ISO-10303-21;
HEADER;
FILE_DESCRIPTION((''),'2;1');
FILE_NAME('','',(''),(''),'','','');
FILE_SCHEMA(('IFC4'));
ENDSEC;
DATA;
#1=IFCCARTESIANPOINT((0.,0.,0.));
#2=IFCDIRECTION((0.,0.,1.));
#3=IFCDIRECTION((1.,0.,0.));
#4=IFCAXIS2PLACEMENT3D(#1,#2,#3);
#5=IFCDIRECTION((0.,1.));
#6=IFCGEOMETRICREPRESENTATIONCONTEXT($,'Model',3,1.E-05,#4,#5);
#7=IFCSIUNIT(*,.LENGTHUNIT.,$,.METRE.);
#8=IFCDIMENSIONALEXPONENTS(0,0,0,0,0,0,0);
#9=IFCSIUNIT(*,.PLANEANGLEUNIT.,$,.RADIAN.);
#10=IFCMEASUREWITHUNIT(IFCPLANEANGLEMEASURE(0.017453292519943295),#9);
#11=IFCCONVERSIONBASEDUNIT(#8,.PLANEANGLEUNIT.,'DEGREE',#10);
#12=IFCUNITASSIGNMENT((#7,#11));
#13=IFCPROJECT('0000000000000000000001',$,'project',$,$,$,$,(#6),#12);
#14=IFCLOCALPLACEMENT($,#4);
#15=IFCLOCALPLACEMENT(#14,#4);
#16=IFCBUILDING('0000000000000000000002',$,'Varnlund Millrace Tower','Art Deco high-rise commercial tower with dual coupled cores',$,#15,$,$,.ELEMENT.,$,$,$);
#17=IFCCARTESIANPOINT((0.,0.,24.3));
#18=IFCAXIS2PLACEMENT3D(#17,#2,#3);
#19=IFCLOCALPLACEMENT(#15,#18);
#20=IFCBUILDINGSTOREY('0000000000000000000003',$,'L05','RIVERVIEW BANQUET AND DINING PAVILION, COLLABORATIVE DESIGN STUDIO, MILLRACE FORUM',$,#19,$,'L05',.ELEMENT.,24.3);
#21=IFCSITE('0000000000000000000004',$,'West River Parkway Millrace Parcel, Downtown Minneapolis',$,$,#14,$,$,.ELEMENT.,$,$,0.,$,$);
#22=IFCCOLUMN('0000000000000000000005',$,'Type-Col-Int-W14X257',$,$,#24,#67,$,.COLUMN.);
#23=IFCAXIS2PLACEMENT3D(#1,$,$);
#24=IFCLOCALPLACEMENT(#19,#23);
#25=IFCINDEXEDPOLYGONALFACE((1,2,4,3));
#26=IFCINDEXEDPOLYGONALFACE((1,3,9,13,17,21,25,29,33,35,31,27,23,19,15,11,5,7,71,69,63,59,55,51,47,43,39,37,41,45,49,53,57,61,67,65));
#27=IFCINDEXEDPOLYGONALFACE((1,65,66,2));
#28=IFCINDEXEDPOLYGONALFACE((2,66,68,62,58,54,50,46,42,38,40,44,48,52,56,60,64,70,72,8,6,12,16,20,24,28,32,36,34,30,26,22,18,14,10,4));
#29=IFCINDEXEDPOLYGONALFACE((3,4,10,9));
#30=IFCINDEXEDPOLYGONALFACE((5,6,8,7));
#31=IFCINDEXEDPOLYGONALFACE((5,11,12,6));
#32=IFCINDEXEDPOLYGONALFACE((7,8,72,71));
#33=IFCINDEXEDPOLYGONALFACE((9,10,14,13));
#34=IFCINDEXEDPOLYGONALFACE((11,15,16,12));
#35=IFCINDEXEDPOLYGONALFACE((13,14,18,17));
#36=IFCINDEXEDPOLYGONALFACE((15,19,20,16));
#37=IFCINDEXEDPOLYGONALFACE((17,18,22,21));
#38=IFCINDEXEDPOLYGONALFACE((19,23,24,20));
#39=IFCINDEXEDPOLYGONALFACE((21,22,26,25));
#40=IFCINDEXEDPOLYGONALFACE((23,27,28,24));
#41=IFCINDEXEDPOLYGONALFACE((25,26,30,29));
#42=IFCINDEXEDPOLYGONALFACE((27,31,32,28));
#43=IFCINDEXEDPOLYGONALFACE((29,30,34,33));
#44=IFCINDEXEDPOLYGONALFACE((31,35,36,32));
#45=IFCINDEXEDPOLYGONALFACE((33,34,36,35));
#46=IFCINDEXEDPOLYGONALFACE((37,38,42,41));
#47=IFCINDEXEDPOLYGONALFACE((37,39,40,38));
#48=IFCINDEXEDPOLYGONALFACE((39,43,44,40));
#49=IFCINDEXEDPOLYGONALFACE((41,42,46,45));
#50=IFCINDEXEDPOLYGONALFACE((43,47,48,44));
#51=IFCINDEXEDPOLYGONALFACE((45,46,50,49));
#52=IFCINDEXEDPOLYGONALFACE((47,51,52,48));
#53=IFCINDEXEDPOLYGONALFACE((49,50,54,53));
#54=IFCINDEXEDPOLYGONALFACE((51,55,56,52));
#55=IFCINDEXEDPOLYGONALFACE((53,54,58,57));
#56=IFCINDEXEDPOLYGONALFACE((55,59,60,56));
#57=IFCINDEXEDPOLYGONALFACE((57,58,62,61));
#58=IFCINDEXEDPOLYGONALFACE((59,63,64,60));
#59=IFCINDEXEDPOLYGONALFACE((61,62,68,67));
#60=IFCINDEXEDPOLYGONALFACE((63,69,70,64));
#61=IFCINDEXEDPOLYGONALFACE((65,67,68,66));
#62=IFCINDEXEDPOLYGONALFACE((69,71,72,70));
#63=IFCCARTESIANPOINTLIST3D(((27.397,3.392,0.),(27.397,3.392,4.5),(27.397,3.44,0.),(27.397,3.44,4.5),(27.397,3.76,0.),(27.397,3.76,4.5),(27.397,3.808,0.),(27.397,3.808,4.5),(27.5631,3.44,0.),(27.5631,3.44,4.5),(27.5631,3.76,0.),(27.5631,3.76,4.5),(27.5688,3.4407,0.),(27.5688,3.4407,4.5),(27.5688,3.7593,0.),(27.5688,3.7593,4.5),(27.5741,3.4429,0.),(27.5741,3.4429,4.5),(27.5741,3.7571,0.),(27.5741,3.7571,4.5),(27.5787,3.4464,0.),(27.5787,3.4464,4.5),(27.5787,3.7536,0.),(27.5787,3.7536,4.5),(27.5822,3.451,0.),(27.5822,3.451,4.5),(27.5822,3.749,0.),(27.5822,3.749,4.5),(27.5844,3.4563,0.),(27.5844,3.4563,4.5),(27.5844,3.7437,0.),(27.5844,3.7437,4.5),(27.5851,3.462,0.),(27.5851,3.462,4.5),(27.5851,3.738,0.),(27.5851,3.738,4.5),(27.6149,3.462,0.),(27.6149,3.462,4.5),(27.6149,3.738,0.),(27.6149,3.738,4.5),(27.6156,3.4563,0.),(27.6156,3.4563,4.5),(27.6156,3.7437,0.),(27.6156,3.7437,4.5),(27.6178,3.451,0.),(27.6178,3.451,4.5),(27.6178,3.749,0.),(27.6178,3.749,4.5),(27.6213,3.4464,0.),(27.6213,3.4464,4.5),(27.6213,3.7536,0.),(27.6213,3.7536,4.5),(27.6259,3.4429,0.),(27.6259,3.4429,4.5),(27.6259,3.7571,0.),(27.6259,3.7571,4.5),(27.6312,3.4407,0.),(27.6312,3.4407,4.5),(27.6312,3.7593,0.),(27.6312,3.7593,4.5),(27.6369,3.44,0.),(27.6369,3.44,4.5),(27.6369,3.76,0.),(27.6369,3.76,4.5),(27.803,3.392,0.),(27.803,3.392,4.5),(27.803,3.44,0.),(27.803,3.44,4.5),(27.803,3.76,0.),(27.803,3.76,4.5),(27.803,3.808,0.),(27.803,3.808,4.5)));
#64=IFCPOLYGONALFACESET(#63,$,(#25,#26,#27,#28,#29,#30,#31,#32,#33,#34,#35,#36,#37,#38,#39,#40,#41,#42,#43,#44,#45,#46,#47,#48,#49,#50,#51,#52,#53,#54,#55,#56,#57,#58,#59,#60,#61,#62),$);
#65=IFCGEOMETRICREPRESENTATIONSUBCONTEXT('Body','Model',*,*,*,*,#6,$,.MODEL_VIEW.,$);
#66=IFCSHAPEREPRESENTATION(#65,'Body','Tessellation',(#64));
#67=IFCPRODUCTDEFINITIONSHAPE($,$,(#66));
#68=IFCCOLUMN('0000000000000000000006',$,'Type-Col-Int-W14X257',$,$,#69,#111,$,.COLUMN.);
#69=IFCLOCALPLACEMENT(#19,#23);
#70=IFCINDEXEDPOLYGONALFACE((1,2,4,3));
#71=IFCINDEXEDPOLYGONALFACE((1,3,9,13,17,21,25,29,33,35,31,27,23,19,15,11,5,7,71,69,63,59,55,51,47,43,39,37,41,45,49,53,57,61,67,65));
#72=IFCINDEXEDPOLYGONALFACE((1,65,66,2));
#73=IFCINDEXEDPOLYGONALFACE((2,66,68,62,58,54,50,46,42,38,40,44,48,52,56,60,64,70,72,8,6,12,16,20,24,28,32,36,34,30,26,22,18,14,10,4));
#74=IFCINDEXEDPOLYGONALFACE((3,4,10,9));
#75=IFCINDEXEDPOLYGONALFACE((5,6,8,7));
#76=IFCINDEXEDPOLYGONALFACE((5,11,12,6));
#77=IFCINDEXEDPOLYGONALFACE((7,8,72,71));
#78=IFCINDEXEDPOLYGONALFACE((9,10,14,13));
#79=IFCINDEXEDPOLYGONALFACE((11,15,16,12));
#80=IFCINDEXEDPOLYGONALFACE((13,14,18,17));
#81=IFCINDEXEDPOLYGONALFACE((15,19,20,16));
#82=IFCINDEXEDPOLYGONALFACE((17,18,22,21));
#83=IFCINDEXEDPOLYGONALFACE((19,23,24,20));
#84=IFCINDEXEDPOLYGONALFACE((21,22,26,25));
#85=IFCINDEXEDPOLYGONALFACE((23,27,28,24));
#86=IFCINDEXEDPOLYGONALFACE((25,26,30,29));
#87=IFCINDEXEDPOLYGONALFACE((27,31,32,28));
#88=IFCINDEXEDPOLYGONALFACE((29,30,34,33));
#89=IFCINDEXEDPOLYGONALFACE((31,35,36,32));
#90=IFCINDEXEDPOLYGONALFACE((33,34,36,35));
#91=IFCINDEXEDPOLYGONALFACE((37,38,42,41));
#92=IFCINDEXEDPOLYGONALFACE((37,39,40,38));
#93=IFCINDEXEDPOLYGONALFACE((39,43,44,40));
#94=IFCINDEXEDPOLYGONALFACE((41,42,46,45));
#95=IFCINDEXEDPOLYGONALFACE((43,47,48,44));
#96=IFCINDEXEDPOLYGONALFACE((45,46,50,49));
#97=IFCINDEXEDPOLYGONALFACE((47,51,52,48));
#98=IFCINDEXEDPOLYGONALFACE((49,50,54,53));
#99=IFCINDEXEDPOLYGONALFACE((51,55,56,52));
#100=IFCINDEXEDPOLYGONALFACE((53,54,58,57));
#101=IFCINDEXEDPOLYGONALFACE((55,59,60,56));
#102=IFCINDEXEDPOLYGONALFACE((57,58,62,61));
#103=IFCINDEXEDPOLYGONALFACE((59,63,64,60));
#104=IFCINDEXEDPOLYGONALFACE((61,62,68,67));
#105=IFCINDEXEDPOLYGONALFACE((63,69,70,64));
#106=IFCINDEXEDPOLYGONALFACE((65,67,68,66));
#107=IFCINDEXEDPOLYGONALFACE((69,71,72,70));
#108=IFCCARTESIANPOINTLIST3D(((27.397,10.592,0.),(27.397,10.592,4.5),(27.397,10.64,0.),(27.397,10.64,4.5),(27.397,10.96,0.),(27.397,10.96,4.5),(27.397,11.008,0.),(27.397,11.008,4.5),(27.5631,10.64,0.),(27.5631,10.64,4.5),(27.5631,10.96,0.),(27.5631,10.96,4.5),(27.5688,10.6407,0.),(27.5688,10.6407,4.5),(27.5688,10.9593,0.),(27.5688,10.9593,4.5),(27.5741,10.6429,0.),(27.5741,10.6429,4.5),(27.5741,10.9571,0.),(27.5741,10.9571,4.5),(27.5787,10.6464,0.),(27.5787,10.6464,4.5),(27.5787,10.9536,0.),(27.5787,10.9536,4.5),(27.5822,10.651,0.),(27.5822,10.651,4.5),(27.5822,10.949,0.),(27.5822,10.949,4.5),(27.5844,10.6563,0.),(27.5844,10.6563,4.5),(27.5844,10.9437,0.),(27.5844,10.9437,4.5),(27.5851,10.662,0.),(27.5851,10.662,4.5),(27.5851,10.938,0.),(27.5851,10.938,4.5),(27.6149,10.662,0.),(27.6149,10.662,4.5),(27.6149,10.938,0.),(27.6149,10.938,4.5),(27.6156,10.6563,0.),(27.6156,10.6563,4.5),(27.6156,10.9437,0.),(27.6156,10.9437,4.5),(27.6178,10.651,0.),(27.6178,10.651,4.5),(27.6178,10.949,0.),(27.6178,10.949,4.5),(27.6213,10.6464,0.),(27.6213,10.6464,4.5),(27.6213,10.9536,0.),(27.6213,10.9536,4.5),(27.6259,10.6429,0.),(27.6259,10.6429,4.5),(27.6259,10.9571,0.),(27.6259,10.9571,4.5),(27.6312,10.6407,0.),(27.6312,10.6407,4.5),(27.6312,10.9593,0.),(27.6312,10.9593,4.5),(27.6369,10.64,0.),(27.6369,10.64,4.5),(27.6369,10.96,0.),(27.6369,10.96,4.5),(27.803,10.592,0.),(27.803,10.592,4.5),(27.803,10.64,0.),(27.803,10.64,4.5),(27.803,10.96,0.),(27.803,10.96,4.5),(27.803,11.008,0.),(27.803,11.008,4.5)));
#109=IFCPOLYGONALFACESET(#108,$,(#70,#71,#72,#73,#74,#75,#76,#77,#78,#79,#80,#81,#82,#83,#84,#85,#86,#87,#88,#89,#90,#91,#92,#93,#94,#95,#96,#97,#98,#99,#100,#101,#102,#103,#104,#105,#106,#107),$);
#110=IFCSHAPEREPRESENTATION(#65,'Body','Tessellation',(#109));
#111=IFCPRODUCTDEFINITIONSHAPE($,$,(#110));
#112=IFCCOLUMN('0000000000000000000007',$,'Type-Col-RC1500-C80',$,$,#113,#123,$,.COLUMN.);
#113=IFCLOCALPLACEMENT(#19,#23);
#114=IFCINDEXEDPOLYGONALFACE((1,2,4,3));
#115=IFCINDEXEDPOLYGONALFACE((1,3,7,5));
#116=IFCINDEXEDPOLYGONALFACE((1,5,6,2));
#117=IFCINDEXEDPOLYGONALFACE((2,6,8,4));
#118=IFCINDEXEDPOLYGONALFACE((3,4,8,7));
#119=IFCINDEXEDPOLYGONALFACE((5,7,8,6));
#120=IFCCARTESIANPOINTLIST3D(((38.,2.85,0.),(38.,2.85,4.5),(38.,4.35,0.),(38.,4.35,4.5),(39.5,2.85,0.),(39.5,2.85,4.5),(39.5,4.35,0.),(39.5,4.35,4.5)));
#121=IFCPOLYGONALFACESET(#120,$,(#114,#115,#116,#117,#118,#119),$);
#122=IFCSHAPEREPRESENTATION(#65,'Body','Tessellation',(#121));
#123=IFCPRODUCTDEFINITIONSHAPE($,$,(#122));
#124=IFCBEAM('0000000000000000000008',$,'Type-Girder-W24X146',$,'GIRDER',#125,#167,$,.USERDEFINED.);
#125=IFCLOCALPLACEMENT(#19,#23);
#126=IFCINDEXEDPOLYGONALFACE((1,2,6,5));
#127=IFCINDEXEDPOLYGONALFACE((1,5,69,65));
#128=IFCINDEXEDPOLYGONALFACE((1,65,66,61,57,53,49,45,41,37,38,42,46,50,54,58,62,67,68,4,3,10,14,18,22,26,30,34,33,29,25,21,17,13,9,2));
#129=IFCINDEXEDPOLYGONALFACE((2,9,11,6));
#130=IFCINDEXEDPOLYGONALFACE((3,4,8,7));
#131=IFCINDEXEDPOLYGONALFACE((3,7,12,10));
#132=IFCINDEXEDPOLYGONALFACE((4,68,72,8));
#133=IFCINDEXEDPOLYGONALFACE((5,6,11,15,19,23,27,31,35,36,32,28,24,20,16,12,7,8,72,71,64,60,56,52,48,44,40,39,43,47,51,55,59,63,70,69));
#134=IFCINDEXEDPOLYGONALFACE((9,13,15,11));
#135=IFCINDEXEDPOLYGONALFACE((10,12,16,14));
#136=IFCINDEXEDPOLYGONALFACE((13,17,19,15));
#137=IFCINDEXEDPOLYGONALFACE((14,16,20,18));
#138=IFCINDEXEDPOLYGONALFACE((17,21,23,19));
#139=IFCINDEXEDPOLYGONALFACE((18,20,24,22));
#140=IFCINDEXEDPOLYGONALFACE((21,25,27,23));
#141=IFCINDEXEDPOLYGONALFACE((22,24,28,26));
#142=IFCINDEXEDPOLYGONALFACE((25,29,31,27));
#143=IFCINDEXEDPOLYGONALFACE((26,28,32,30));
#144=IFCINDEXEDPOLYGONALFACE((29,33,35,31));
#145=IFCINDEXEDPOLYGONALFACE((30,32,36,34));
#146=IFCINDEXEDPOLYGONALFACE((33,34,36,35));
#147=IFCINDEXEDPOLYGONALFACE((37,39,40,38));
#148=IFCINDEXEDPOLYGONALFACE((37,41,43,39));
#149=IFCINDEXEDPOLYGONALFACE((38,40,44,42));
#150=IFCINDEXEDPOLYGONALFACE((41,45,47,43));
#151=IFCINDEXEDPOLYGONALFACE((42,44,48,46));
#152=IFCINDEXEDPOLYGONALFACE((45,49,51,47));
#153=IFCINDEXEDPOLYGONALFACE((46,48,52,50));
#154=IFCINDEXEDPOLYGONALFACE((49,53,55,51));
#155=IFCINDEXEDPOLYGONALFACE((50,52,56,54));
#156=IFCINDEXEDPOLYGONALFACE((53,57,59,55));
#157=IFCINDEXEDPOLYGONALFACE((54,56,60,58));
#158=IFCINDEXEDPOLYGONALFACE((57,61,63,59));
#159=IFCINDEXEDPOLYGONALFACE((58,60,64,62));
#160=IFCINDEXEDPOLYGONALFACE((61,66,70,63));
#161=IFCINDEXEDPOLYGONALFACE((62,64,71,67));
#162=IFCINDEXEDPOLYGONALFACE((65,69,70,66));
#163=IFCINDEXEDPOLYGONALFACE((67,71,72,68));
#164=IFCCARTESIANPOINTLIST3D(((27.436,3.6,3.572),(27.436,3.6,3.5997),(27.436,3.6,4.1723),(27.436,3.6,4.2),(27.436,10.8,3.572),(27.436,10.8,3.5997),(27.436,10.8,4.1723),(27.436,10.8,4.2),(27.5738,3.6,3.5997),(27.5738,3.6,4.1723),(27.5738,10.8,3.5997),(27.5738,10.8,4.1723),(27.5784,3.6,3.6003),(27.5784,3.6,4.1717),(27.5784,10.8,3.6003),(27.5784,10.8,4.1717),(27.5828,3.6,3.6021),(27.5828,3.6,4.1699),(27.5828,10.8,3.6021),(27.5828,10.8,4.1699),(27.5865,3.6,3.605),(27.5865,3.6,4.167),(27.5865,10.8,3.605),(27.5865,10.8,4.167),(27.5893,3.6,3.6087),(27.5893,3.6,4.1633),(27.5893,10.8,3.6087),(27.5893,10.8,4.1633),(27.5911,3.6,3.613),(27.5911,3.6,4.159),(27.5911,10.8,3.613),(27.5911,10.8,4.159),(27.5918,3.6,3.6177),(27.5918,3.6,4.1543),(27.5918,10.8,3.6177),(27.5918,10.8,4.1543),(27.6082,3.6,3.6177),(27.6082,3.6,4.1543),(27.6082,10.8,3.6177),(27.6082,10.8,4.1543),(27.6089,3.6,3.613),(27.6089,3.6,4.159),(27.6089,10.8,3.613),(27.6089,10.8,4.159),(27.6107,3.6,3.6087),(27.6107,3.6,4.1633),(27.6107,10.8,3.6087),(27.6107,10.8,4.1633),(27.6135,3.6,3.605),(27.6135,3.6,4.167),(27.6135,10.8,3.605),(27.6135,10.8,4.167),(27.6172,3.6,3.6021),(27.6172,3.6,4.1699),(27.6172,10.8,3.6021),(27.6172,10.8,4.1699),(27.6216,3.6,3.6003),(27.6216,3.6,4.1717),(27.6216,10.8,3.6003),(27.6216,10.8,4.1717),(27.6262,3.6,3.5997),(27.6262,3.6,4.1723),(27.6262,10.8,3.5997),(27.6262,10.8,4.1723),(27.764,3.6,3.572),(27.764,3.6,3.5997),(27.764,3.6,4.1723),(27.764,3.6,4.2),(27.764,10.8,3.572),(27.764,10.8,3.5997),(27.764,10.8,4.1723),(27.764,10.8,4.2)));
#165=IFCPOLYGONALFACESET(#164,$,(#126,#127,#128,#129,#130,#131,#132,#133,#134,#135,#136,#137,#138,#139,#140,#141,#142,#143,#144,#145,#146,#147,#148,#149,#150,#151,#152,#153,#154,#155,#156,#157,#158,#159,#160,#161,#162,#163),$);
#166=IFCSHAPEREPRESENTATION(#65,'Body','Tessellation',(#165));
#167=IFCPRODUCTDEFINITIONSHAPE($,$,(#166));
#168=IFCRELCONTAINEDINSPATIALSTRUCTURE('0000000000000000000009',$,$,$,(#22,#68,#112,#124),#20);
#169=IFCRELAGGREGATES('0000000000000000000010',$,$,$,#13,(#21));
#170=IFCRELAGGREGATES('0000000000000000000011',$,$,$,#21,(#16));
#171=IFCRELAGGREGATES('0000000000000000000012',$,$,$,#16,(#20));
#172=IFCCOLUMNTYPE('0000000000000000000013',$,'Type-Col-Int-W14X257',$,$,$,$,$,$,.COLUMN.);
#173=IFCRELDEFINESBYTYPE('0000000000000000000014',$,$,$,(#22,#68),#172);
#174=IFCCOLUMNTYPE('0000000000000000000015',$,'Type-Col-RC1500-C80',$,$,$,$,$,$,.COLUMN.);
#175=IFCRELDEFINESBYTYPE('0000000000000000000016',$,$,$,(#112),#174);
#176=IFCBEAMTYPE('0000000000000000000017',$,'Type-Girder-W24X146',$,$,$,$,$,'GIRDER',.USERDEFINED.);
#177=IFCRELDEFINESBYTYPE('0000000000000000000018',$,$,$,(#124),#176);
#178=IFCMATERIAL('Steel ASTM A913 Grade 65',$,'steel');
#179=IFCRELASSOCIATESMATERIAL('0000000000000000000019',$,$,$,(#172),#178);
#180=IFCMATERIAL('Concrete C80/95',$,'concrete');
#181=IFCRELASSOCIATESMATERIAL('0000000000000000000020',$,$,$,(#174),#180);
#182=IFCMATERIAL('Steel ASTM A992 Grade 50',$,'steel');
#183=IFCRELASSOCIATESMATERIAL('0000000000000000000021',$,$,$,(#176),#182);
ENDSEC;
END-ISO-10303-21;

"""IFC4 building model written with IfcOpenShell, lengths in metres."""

from ifc_helpers import new_model, entity, si_unit, converted_unit, direction, frame, origin_with_axes, origin_2d_with_axis, place, context, subcontext, project, spatial, rectangle, i_section, extrude, material, material_profile, profile_set, type_object, element, save


model = new_model("IFC4")

# Units and contexts
model_context = context("Model", 3, precision=1e-05, world=origin_with_axes(), true_north=direction((0.0, 1.0)))
body_context = subcontext(model_context, "Body", "Model", "MODEL_VIEW")
ifc_project = project(units=[si_unit("LENGTHUNIT", "METRE"), converted_unit("PLANEANGLEUNIT", "DEGREE", entity("IfcPlaneAngleMeasure", 0.017453292519943295), si_unit("PLANEANGLEUNIT", "RADIAN"), dimensions=[0, 0, 0, 0, 0, 0, 0])], contexts=[model_context])

# Site, building, storey
site_placement = place(None, origin_with_axes())
site = spatial("IfcSite", under=ifc_project, at=site_placement, Name="West River Parkway Millrace Parcel, Downtown Minneapolis", CompositionType="ELEMENT", RefElevation=0.0)
building_placement = place(site_placement, origin_with_axes())
building = spatial("IfcBuilding", under=site, at=building_placement, Name="Varnlund Millrace Tower", Description="Art Deco high-rise commercial tower with dual coupled cores", CompositionType="ELEMENT")
storey_placement = place(building_placement, frame((0.0, 0.0, 24.3), z_axis=(0.0, 0.0, 1.0), x_axis=(1.0, 0.0, 0.0)))
storey = spatial("IfcBuildingStorey", under=building, at=storey_placement, Name="L05", Description="RIVERVIEW BANQUET AND DINING PAVILION, COLLABORATIVE DESIGN STUDIO, MILLRACE FORUM", LongName="L05", CompositionType="ELEMENT", Elevation=24.3)

# Columns
ifc_material_1 = material(Name="Steel ASTM A913 Grade 65", Category="steel")
ifc_material_profile_1 = material_profile(ifc_material_1, i_section(OverallWidth=0.406, OverallDepth=0.416, WebThickness=0.0298, FlangeThickness=0.048, FilletRadius=0.022, at=origin_2d_with_axis()), Name="Steel ASTM A913 Grade 65")
ifc_profile_set_1 = profile_set([ifc_material_profile_1], Name="Steel ASTM A913 Grade 65")
column_type_1 = type_object("IfcColumnType", Name="Type-Col-Int-W14X257", PredefinedType="COLUMN", material=ifc_profile_set_1)
for number, where, z_axis, x_axis, name in (
    (1, (27.6, 3.6, 0.0), (0.0, 0.0, 1.0), (1.0, 0.0, 0.0), "Type-Col-Int-W14X257"),
    (2, (27.6, 10.8, 0.0), (0.0, 0.0, 1.0), (1.0, 0.0, 0.0), "Type-Col-Int-W14X257"),
):
    element("IfcColumn", number, at=place(storey_placement, frame(where, z_axis=z_axis, x_axis=x_axis)), inside=storey, type_object=column_type_1, Name=name, PredefinedType="COLUMN", context=body_context, shape_type="SweptSolid", body=[
        extrude(i_section(OverallWidth=0.406, OverallDepth=0.416, WebThickness=0.0298, FlangeThickness=0.048, FilletRadius=0.022, at=origin_2d_with_axis()), origin_with_axes(), (0.0, 0.0, 1.0), 4.5),
    ])
ifc_material_2 = material(Name="Concrete C80/95", Category="concrete")
ifc_material_profile_2 = material_profile(ifc_material_2, rectangle(XDim=1.5, YDim=1.5, at=origin_2d_with_axis()), Name="Concrete C80/95")
ifc_profile_set_2 = profile_set([ifc_material_profile_2], Name="Concrete C80/95")
column_type_2 = type_object("IfcColumnType", Name="Type-Col-RC1500-C80", PredefinedType="COLUMN", material=ifc_profile_set_2)
column_placement = place(storey_placement, frame((38.75, 3.6, 0.0), z_axis=(0.0, 0.0, 1.0), x_axis=(1.0, 0.0, 0.0)))
element("IfcColumn", 3, at=column_placement, inside=storey, type_object=column_type_2, Name="Type-Col-RC1500-C80", PredefinedType="COLUMN", context=body_context, shape_type="SweptSolid", body=[
    extrude(rectangle(XDim=1.5, YDim=1.5, at=origin_2d_with_axis()), origin_with_axes(), (0.0, 0.0, 1.0), 4.5),
])

# Beam
ifc_material_3 = material(Name="Steel ASTM A992 Grade 50", Category="steel")
ifc_material_profile_3 = material_profile(ifc_material_3, i_section(OverallWidth=0.328, OverallDepth=0.628, WebThickness=0.0165, FlangeThickness=0.0277, FilletRadius=0.018, at=origin_2d_with_axis()), Name="Steel ASTM A992 Grade 50")
ifc_profile_set_3 = profile_set([ifc_material_profile_3], Name="Steel ASTM A992 Grade 50")
beam_type_1 = type_object("IfcBeamType", Name="Type-Girder-W24X146", ElementType="GIRDER", PredefinedType="USERDEFINED", material=ifc_profile_set_3)
for number, where, z_axis, x_axis, name in (
    (4, (27.6, 3.6, 3.886), (0.0, 1.0, 0.0), (-1.0, 0.0, 0.0), "Type-Girder-W24X146"),
):
    element("IfcBeam", number, at=place(storey_placement, frame(where, z_axis=z_axis, x_axis=x_axis)), inside=storey, type_object=beam_type_1, Name=name, ObjectType="GIRDER", PredefinedType="USERDEFINED", context=body_context, shape_type="SweptSolid", body=[
        extrude(i_section(OverallWidth=0.328, OverallDepth=0.628, WebThickness=0.0165, FlangeThickness=0.0277, FilletRadius=0.018, at=origin_2d_with_axis()), origin_with_axes(), (0.0, 0.0, 1.0), 7.2),
    ])

save(model, "model.ifc")
